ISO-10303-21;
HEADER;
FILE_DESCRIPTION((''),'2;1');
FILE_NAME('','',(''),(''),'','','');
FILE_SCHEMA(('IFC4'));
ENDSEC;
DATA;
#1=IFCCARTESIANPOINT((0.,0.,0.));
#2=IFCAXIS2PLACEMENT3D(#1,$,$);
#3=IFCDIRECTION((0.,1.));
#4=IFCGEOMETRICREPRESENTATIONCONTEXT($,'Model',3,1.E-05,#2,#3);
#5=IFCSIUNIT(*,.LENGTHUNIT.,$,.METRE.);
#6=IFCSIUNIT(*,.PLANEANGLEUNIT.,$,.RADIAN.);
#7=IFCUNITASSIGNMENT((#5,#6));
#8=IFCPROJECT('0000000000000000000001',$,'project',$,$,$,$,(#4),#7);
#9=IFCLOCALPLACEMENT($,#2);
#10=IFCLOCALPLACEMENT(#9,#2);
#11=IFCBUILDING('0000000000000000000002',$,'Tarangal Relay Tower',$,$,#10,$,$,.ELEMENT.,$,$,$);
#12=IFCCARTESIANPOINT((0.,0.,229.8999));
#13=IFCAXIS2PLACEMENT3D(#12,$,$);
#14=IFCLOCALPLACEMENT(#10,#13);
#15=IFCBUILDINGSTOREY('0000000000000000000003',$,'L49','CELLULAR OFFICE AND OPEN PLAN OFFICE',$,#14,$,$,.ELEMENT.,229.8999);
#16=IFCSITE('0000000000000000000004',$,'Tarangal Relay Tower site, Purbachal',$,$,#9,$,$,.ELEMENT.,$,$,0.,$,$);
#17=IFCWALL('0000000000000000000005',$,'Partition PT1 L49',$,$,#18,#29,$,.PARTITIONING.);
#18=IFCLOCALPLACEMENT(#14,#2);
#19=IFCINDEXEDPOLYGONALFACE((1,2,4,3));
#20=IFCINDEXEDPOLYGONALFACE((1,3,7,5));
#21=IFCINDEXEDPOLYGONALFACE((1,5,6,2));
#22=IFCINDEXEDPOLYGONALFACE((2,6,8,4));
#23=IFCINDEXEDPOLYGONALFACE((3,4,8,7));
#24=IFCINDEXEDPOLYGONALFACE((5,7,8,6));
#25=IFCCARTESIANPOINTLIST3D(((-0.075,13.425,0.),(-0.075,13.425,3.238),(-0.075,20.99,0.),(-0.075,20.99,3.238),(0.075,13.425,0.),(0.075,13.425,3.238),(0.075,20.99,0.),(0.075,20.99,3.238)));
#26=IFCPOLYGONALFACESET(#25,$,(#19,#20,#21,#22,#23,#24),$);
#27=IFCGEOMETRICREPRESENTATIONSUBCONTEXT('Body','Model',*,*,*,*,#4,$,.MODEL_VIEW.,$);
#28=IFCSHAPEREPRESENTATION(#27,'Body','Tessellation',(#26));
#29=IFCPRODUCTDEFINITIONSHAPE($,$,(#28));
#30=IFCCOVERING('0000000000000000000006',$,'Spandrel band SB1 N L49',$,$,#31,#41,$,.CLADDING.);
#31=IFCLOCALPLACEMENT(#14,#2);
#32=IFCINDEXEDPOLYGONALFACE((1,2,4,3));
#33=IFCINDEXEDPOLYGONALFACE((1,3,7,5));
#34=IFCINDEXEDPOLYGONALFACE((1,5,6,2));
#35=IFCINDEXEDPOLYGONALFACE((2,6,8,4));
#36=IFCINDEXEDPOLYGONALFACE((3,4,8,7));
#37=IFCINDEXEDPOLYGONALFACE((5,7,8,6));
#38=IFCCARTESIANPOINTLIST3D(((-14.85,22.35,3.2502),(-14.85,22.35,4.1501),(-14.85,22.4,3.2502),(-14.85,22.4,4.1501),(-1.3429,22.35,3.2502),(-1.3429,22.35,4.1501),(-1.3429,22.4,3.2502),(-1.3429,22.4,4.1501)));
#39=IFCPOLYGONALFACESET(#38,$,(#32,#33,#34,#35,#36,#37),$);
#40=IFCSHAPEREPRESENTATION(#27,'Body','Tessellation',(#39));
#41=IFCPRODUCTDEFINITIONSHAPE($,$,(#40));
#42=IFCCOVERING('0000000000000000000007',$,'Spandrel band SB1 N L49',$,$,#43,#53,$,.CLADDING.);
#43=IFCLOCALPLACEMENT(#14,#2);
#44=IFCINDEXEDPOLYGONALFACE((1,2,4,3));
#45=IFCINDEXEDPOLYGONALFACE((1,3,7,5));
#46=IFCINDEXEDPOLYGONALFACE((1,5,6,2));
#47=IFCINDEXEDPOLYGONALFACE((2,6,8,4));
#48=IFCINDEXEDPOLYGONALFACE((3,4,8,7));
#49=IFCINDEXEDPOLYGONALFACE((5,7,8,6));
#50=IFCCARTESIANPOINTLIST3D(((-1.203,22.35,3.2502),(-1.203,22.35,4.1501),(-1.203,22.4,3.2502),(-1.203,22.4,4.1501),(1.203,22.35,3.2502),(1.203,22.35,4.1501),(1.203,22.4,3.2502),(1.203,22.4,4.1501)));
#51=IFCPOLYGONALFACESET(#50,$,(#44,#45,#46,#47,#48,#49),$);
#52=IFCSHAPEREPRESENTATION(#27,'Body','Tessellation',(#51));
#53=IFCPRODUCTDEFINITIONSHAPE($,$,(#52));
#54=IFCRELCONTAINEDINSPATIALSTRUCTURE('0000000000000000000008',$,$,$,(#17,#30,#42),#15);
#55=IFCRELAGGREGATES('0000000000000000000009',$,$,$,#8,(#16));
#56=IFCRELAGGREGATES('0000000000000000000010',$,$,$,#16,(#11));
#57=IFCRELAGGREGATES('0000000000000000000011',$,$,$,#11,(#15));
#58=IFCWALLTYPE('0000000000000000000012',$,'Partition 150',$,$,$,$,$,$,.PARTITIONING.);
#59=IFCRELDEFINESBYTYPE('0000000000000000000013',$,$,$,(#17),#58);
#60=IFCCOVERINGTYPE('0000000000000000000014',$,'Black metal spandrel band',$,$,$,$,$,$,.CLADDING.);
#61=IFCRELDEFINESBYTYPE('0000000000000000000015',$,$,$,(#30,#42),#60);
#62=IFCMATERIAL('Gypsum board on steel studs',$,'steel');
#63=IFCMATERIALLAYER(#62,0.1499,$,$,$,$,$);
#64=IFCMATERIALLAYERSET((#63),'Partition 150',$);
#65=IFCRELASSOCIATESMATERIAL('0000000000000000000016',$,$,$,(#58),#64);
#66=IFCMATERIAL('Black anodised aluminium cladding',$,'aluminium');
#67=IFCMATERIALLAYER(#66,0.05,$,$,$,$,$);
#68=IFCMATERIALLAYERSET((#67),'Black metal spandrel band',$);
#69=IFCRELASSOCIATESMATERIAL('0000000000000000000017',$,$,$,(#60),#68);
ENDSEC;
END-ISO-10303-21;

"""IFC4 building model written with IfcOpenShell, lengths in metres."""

from ifc_helpers import new_model, si_unit, direction, frame, frame_2d, origin, origin_2d, place, context, subcontext, project, spatial, rectangle, extrude, material, layer, layer_set, type_object, element, save


model = new_model("IFC4")

# Units and contexts
model_context = context("Model", 3, precision=1e-05, world=origin(), true_north=direction((0.0, 1.0)))
body_context = subcontext(model_context, "Body", "Model", "MODEL_VIEW")
ifc_project = project(units=[si_unit("LENGTHUNIT", "METRE"), si_unit("PLANEANGLEUNIT", "RADIAN")], contexts=[model_context])

# Site, building, storey
site_placement = place(None, origin())
site = spatial("IfcSite", under=ifc_project, at=site_placement, Name="Tarangal Relay Tower site, Purbachal", CompositionType="ELEMENT", RefElevation=0.0)
building_placement = place(site_placement, origin())
building = spatial("IfcBuilding", under=site, at=building_placement, Name="Tarangal Relay Tower", CompositionType="ELEMENT")
storey_placement = place(building_placement, frame((0.0, 0.0, 229.8999)))
storey = spatial("IfcBuildingStorey", under=building, at=storey_placement, Name="L49", Description="CELLULAR OFFICE AND OPEN PLAN OFFICE", CompositionType="ELEMENT", Elevation=229.8999)

# Wall
ifc_material_1 = material(Name="Gypsum board on steel studs", Category="steel")
ifc_layer_1 = layer(ifc_material_1, 0.1499)
ifc_layer_set_1 = layer_set([ifc_layer_1], Name="Partition 150")
wall_type_1 = type_object("IfcWallType", Name="Partition 150", PredefinedType="PARTITIONING", material=ifc_layer_set_1)
wall_1_placement = place(storey_placement, frame((0.0, 13.425, 0.0), z_axis=(0.0, 0.0, 1.0), x_axis=(0.0, 1.0, 0.0)))
element("IfcWall", 1, at=wall_1_placement, inside=storey, type_object=wall_type_1, Name="Partition PT1 L49", PredefinedType="PARTITIONING", context=body_context, shape_type="SweptSolid", body=[
    extrude(rectangle(XDim=7.5649, YDim=0.1499, at=frame_2d((3.7825, 0.0))), origin(), (0.0, 0.0, 1.0), 3.238),
])

# Coverings
ifc_material_2 = material(Name="Black anodised aluminium cladding", Category="aluminium")
ifc_layer_2 = layer(ifc_material_2, 0.05)
ifc_layer_set_2 = layer_set([ifc_layer_2], Name="Black metal spandrel band")
covering_type = type_object("IfcCoveringType", Name="Black metal spandrel band", PredefinedType="CLADDING", material=ifc_layer_set_2)
covering_1_placement = place(storey_placement, frame((-8.0964, 22.375, 3.2502), z_axis=(0.0, 0.0, 1.0), x_axis=(1.0, 0.0, 0.0)))
element("IfcCovering", 2, at=covering_1_placement, inside=storey, type_object=covering_type, Name="Spandrel band SB1 N L49", PredefinedType="CLADDING", context=body_context, shape_type="SweptSolid", body=[
    extrude(rectangle(XDim=13.5071, YDim=0.05, at=origin_2d()), origin(), (0.0, 0.0, 1.0), 0.8999),
])
covering_2_placement = place(storey_placement, frame((0.0, 22.375, 3.2502), z_axis=(0.0, 0.0, 1.0), x_axis=(1.0, 0.0, 0.0)))
element("IfcCovering", 3, at=covering_2_placement, inside=storey, type_object=covering_type, Name="Spandrel band SB1 N L49", PredefinedType="CLADDING", context=body_context, shape_type="SweptSolid", body=[
    extrude(rectangle(XDim=2.406, YDim=0.05, at=origin_2d()), origin(), (0.0, 0.0, 1.0), 0.8999),
])

save(model, "model.ifc")
